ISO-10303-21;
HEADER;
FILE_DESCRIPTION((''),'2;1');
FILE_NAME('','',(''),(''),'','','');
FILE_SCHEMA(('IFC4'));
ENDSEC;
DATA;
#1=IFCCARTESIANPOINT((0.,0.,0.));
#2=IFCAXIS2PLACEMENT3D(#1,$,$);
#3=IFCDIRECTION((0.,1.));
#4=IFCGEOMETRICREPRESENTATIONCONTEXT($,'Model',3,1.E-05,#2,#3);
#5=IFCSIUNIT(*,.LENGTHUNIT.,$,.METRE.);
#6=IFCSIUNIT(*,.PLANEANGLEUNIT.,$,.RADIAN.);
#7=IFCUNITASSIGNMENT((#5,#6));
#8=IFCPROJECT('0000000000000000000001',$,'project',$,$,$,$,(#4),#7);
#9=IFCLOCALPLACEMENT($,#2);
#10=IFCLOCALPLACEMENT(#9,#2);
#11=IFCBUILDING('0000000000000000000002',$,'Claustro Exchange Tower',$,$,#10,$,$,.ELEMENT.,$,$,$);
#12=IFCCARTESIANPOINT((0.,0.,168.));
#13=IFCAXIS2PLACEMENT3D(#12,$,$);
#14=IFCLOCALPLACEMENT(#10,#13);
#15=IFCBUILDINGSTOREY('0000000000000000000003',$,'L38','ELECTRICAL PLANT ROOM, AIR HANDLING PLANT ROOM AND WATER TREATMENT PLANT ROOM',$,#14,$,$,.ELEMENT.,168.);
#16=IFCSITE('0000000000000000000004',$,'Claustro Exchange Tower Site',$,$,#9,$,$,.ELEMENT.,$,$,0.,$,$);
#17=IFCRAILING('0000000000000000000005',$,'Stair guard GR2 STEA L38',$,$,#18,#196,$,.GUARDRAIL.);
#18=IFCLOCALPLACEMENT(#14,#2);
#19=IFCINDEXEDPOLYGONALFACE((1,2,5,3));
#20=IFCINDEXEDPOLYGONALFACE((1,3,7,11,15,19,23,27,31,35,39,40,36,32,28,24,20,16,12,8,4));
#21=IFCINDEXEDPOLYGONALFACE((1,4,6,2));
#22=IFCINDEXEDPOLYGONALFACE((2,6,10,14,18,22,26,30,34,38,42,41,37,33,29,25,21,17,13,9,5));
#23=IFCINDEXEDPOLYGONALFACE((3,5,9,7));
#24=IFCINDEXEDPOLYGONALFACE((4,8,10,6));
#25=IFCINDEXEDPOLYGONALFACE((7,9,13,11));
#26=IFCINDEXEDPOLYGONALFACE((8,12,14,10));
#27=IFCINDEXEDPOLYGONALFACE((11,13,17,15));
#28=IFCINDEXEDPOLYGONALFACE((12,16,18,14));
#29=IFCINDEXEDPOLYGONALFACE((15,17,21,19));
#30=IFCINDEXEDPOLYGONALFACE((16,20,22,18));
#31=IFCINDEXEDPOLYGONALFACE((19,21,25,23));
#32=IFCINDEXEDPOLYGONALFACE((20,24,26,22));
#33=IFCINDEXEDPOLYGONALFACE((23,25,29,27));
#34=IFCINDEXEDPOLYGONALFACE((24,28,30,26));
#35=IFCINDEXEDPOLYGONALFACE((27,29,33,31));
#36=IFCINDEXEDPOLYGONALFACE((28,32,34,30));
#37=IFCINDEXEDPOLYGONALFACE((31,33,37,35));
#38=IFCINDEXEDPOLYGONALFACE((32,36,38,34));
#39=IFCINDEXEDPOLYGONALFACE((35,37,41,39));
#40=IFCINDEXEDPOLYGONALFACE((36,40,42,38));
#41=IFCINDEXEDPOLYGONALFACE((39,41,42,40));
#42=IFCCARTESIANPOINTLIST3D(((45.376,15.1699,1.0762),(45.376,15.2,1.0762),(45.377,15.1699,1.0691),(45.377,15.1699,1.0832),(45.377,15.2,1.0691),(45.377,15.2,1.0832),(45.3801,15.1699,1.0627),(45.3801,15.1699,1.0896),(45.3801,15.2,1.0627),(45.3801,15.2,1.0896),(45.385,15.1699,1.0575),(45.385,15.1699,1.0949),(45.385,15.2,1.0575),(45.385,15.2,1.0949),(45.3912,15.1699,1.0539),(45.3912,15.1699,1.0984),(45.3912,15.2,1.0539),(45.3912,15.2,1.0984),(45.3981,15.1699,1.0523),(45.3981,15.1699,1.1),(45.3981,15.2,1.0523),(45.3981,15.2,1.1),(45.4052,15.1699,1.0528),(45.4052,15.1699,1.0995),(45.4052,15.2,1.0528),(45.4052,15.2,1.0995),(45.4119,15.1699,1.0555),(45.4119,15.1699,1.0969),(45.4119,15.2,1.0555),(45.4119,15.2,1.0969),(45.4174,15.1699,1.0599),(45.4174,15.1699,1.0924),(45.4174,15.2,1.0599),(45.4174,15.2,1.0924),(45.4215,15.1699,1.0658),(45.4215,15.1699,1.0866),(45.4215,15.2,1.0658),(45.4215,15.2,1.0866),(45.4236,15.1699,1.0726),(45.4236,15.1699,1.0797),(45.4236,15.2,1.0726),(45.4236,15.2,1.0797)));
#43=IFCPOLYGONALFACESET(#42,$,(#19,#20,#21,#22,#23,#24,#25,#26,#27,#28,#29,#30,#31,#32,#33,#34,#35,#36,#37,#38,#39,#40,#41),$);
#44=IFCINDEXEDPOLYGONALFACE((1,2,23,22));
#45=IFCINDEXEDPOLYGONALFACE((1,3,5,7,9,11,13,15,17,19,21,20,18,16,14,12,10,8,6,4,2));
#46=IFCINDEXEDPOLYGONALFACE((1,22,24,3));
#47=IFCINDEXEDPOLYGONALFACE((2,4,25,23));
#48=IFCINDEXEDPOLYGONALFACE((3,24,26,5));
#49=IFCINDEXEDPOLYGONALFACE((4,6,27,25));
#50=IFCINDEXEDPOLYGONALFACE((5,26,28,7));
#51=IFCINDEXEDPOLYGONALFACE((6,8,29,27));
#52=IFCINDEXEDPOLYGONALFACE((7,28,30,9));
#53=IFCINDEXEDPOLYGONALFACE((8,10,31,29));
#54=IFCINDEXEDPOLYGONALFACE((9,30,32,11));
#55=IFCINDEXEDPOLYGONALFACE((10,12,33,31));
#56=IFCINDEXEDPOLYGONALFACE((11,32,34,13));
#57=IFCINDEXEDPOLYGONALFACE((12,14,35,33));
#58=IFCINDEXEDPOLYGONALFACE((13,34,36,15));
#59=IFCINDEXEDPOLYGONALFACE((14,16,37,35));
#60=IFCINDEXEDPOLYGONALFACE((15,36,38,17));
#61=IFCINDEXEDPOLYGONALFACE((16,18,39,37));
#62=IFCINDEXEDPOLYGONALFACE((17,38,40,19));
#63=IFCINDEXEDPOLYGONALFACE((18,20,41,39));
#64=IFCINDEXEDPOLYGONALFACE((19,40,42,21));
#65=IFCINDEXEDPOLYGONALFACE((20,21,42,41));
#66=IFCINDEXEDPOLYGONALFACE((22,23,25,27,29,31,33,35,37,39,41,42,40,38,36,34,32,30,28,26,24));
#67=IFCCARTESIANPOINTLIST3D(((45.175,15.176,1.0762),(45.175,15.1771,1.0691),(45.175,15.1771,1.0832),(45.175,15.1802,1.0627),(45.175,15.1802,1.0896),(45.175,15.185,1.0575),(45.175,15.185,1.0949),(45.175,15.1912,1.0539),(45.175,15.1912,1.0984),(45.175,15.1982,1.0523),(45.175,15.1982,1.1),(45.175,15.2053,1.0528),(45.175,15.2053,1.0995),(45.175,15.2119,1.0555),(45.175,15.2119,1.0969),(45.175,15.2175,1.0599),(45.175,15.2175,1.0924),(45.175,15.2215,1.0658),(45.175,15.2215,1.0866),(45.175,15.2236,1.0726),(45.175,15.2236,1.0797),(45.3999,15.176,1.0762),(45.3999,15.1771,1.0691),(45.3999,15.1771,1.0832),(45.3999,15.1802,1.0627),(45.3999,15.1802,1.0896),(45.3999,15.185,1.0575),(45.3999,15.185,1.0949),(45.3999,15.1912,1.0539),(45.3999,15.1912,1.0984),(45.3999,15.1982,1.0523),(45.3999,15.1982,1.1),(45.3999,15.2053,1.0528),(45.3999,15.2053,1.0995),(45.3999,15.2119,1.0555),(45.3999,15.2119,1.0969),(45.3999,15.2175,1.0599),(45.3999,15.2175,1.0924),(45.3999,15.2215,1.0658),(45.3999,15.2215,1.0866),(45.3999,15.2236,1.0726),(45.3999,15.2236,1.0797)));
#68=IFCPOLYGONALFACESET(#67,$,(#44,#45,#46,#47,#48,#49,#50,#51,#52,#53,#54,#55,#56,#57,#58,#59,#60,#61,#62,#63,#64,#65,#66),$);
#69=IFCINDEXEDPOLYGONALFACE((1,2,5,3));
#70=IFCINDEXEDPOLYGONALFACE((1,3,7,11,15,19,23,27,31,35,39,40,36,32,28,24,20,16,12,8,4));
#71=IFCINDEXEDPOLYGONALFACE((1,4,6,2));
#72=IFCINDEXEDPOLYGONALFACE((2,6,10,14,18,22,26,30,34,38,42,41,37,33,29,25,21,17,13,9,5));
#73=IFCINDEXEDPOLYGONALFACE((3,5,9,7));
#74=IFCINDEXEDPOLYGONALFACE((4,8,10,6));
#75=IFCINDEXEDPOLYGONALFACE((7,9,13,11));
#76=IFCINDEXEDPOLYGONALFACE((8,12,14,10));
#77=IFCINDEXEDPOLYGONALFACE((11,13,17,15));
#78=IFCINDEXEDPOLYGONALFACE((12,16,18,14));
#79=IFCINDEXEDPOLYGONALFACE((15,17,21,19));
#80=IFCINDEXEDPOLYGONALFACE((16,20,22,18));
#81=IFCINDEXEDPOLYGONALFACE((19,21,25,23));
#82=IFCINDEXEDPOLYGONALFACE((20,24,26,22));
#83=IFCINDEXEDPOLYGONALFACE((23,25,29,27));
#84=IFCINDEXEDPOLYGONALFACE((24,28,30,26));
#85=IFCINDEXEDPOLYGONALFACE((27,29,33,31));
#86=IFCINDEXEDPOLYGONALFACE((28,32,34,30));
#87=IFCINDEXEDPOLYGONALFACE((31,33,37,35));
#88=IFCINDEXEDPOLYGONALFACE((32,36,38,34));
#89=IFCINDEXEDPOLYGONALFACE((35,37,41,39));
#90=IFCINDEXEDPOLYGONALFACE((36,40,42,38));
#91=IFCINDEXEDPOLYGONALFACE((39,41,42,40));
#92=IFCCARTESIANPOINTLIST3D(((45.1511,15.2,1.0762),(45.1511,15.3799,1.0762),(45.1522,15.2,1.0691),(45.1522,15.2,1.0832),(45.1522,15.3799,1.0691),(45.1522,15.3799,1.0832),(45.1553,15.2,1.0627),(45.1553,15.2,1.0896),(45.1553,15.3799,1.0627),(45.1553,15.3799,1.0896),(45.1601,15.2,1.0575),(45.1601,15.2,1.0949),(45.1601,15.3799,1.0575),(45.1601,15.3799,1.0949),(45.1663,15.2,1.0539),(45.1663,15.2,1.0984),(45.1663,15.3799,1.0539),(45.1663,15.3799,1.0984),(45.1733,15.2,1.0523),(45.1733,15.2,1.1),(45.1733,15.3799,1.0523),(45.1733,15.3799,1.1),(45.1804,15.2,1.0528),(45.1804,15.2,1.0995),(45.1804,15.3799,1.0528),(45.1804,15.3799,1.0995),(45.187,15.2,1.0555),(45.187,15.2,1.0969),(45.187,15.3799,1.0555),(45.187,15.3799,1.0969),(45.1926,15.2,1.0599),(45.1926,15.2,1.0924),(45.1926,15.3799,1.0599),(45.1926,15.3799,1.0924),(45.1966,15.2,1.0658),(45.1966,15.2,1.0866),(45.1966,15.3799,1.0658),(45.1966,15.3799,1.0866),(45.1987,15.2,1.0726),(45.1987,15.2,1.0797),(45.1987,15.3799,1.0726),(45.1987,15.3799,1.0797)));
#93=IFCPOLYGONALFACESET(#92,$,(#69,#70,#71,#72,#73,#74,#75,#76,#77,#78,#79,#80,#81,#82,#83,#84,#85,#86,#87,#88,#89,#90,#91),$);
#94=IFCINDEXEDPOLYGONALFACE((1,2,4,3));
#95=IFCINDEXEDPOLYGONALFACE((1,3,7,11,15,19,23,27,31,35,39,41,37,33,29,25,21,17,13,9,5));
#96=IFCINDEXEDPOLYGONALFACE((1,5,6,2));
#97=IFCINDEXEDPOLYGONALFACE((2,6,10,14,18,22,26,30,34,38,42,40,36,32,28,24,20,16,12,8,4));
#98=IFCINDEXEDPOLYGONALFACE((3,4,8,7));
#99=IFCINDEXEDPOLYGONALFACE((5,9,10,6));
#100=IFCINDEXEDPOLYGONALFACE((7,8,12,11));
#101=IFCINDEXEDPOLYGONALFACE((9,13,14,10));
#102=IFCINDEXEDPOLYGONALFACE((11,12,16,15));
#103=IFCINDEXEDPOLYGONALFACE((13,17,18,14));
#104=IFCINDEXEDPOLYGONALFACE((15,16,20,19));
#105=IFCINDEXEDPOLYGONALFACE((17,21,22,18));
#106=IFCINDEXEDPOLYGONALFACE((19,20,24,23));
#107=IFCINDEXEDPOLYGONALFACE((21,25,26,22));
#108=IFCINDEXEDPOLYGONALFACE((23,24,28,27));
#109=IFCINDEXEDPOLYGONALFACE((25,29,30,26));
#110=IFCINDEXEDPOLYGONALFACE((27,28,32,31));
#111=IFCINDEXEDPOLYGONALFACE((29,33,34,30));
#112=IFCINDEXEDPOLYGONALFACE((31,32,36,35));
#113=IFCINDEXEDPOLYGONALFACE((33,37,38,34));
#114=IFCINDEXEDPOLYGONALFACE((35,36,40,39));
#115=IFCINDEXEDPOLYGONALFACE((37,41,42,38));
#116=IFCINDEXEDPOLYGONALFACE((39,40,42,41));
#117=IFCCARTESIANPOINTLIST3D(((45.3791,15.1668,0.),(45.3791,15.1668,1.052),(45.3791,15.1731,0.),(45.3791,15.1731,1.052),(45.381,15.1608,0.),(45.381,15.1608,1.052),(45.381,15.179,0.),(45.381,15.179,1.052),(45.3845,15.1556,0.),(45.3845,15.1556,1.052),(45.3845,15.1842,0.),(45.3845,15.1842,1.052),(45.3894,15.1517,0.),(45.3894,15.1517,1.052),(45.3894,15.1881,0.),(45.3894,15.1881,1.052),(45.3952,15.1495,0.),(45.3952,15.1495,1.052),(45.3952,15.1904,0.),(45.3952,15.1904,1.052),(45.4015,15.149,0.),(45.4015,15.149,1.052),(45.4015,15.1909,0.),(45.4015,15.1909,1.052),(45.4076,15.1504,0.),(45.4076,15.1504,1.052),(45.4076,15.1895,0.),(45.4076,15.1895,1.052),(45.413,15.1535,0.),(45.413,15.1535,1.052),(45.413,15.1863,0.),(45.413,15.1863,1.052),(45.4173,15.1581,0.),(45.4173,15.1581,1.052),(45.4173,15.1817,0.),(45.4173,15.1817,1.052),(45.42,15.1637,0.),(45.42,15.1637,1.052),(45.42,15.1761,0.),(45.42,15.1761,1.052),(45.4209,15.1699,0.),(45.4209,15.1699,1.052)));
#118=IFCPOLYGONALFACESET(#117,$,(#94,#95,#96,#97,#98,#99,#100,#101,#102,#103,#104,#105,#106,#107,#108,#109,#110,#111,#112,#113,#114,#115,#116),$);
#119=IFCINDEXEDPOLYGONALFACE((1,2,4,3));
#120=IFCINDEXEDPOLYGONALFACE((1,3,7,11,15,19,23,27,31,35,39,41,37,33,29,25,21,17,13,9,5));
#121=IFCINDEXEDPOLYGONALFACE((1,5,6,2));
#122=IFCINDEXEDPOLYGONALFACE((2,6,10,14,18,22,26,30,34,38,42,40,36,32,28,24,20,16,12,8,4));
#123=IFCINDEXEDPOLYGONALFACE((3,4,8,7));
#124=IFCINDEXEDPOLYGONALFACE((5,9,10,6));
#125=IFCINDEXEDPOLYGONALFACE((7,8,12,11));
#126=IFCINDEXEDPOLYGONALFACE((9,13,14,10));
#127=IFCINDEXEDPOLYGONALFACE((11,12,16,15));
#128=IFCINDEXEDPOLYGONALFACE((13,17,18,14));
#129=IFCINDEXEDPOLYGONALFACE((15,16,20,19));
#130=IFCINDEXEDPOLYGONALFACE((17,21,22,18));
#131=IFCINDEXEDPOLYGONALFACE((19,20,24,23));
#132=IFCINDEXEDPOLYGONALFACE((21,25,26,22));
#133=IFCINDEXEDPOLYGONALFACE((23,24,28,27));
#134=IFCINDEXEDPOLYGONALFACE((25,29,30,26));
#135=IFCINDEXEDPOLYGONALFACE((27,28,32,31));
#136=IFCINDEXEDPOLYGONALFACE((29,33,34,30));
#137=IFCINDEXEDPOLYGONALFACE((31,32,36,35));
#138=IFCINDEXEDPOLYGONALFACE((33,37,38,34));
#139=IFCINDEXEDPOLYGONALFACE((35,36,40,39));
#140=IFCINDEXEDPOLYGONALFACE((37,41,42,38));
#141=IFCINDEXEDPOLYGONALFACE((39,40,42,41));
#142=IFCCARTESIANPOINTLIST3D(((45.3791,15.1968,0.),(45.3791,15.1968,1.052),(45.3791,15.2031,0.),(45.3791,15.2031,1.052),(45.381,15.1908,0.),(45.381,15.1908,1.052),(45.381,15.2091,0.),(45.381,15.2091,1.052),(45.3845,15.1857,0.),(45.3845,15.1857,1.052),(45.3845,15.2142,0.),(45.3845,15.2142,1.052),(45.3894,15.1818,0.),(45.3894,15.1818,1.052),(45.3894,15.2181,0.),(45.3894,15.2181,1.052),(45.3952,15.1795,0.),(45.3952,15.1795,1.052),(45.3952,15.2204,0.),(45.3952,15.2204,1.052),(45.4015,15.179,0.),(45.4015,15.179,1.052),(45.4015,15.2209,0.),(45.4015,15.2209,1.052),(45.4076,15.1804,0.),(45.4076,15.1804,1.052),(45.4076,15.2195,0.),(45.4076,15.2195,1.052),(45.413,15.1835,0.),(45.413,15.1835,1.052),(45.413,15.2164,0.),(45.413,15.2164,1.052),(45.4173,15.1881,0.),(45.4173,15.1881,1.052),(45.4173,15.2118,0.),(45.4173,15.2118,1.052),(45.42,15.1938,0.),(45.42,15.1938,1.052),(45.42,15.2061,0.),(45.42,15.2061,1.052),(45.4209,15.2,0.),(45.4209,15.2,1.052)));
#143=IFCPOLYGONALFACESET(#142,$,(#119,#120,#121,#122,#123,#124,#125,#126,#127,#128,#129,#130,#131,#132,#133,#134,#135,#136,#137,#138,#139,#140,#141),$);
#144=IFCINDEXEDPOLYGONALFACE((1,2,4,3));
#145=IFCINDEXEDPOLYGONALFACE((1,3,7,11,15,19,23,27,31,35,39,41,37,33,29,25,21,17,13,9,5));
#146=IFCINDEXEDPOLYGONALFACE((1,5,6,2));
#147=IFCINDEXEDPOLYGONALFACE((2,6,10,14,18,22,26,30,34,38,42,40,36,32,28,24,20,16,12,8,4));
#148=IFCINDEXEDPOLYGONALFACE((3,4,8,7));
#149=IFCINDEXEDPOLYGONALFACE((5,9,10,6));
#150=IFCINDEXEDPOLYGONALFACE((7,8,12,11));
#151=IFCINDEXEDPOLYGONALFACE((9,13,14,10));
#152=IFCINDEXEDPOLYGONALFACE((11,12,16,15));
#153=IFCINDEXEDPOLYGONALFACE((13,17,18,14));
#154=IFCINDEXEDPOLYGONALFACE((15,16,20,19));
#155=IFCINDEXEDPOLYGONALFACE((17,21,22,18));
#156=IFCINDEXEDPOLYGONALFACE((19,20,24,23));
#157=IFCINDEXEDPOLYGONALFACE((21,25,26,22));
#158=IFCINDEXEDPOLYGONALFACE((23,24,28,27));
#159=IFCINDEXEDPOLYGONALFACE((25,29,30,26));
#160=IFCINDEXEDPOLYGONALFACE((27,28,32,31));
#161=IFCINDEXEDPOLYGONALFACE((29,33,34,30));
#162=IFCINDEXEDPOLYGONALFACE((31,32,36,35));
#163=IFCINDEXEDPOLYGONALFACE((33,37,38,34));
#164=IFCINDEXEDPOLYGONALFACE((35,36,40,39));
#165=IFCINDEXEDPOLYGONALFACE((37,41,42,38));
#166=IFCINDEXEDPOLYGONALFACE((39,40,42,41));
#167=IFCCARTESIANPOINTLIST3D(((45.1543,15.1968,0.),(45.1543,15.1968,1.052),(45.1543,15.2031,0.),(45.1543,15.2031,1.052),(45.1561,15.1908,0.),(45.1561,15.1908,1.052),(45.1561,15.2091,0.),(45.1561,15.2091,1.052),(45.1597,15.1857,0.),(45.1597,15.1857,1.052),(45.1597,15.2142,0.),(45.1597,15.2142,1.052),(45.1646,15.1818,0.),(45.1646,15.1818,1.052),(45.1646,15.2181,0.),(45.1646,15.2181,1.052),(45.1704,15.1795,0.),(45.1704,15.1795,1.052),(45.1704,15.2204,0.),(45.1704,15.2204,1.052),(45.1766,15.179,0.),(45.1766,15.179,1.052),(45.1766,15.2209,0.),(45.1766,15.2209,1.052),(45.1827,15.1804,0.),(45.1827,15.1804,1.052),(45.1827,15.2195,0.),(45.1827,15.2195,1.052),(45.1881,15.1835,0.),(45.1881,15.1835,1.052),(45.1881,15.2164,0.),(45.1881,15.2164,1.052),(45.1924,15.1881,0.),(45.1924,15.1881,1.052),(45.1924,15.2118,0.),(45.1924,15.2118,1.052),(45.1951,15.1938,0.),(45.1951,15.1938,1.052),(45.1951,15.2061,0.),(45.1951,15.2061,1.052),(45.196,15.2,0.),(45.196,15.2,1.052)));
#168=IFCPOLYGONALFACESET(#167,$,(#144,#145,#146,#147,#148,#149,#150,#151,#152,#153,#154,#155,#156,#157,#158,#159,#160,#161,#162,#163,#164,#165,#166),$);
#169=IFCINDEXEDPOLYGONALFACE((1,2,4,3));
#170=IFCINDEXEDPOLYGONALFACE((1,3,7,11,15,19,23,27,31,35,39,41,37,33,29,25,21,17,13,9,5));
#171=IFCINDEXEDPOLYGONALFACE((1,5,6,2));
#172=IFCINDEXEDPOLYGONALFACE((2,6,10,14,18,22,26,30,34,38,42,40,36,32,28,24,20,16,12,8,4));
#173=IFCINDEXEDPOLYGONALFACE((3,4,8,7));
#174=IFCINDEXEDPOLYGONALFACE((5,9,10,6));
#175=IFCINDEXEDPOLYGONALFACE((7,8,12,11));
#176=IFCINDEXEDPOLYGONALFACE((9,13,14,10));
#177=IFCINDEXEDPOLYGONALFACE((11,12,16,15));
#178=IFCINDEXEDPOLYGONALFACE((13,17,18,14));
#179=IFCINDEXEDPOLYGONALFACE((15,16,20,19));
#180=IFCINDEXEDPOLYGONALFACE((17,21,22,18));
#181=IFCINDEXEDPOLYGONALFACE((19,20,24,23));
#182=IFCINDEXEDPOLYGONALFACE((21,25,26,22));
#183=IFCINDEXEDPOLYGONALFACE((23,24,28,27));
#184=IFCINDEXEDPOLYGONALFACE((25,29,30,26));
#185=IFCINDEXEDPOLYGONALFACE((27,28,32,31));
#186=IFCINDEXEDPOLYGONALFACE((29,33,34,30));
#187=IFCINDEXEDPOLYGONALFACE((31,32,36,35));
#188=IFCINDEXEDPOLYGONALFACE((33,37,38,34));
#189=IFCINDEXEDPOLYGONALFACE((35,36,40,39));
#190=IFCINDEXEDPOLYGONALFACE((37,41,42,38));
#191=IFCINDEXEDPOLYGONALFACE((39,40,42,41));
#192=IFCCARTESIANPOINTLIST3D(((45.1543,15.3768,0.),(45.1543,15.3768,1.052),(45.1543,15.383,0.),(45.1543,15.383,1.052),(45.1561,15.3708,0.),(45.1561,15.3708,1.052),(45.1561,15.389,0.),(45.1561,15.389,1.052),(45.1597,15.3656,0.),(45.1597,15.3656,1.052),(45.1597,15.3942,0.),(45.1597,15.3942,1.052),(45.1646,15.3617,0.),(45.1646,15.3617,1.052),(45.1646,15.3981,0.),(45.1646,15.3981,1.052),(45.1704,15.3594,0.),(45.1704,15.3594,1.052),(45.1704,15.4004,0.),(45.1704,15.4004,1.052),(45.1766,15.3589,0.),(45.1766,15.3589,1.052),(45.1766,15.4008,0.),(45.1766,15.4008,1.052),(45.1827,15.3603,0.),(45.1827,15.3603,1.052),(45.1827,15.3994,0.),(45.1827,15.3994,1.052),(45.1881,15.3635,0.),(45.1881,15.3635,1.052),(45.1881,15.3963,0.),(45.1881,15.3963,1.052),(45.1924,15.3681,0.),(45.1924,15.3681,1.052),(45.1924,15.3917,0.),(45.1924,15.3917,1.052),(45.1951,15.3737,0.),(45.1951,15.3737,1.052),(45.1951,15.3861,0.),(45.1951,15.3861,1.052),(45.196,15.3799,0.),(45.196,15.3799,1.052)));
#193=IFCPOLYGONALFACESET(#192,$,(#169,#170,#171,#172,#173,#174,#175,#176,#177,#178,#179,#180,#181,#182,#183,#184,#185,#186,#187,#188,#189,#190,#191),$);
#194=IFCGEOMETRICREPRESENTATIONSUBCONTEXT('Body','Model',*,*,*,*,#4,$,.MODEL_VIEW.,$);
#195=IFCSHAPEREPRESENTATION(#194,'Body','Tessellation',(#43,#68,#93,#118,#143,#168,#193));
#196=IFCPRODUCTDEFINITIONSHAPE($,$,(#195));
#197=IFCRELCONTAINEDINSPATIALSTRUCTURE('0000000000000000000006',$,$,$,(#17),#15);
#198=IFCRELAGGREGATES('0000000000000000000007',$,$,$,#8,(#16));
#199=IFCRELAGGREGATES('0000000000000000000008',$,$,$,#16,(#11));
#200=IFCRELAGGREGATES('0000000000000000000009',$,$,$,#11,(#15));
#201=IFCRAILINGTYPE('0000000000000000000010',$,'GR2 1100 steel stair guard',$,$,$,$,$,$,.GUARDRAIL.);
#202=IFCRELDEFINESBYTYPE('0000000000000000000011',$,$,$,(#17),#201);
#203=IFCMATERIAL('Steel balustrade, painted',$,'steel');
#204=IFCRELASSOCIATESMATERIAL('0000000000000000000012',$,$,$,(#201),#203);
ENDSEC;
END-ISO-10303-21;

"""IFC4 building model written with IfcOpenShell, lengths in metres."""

from ifc_helpers import new_model, si_unit, direction, frame, origin, origin_2d, place, context, subcontext, project, spatial, circle, extrude, material, type_object, element, save


model = new_model("IFC4")

# Units and contexts
model_context = context("Model", 3, precision=1e-05, world=origin(), true_north=direction((0.0, 1.0)))
body_context = subcontext(model_context, "Body", "Model", "MODEL_VIEW")
ifc_project = project(units=[si_unit("LENGTHUNIT", "METRE"), si_unit("PLANEANGLEUNIT", "RADIAN")], contexts=[model_context])

# Site, building, storey
site_placement = place(None, origin())
site = spatial("IfcSite", under=ifc_project, at=site_placement, Name="Claustro Exchange Tower Site", CompositionType="ELEMENT", RefElevation=0.0)
building_placement = place(site_placement, origin())
building = spatial("IfcBuilding", under=site, at=building_placement, Name="Claustro Exchange Tower", CompositionType="ELEMENT")
storey_placement = place(building_placement, frame((0.0, 0.0, 168.0)))
storey = spatial("IfcBuildingStorey", under=building, at=storey_placement, Name="L38", Description="ELECTRICAL PLANT ROOM, AIR HANDLING PLANT ROOM AND WATER TREATMENT PLANT ROOM", CompositionType="ELEMENT", Elevation=168.0)

# Railing
ifc_material_1 = material(Name="Steel balustrade, painted", Category="steel")
railing_type_1 = type_object("IfcRailingType", Name="GR2 1100 steel stair guard", PredefinedType="GUARDRAIL", material=ifc_material_1)
railing_1_placement = place(storey_placement, frame((45.3999, 15.1699, 0.0)))
element("IfcRailing", 1, at=railing_1_placement, inside=storey, type_object=railing_type_1, Name="Stair guard GR2 STEA L38", PredefinedType="GUARDRAIL", context=body_context, shape_type="SweptSolid", body=[
    extrude(circle(Radius=0.0239, at=origin_2d()), frame((0.0, 0.0, 1.0762), z_axis=(0.0, 1.0, 0.0), x_axis=(-1.0, 0.0, 0.0)), (0.0, 0.0, 1.0), 0.03),
    extrude(circle(Radius=0.0239, at=origin_2d()), frame((0.0, 0.03, 1.0762), z_axis=(-1.0, 0.0, 0.0), x_axis=(0.0, -1.0, 0.0)), (0.0, 0.0, 1.0), 0.2249),
    extrude(circle(Radius=0.0239, at=origin_2d()), frame((-0.2249, 0.03, 1.0762), z_axis=(0.0, 1.0, 0.0), x_axis=(-1.0, 0.0, 0.0)), (0.0, 0.0, 1.0), 0.1799),
    extrude(circle(Radius=0.021, at=origin_2d()), origin(), (0.0, 0.0, 1.0), 1.052),
    extrude(circle(Radius=0.021, at=origin_2d()), frame((0.0, 0.03, 0.0)), (0.0, 0.0, 1.0), 1.052),
    extrude(circle(Radius=0.021, at=origin_2d()), frame((-0.2249, 0.03, 0.0)), (0.0, 0.0, 1.0), 1.052),
    extrude(circle(Radius=0.021, at=origin_2d()), frame((-0.2249, 0.21, 0.0)), (0.0, 0.0, 1.0), 1.052),
])

save(model, "model.ifc")
